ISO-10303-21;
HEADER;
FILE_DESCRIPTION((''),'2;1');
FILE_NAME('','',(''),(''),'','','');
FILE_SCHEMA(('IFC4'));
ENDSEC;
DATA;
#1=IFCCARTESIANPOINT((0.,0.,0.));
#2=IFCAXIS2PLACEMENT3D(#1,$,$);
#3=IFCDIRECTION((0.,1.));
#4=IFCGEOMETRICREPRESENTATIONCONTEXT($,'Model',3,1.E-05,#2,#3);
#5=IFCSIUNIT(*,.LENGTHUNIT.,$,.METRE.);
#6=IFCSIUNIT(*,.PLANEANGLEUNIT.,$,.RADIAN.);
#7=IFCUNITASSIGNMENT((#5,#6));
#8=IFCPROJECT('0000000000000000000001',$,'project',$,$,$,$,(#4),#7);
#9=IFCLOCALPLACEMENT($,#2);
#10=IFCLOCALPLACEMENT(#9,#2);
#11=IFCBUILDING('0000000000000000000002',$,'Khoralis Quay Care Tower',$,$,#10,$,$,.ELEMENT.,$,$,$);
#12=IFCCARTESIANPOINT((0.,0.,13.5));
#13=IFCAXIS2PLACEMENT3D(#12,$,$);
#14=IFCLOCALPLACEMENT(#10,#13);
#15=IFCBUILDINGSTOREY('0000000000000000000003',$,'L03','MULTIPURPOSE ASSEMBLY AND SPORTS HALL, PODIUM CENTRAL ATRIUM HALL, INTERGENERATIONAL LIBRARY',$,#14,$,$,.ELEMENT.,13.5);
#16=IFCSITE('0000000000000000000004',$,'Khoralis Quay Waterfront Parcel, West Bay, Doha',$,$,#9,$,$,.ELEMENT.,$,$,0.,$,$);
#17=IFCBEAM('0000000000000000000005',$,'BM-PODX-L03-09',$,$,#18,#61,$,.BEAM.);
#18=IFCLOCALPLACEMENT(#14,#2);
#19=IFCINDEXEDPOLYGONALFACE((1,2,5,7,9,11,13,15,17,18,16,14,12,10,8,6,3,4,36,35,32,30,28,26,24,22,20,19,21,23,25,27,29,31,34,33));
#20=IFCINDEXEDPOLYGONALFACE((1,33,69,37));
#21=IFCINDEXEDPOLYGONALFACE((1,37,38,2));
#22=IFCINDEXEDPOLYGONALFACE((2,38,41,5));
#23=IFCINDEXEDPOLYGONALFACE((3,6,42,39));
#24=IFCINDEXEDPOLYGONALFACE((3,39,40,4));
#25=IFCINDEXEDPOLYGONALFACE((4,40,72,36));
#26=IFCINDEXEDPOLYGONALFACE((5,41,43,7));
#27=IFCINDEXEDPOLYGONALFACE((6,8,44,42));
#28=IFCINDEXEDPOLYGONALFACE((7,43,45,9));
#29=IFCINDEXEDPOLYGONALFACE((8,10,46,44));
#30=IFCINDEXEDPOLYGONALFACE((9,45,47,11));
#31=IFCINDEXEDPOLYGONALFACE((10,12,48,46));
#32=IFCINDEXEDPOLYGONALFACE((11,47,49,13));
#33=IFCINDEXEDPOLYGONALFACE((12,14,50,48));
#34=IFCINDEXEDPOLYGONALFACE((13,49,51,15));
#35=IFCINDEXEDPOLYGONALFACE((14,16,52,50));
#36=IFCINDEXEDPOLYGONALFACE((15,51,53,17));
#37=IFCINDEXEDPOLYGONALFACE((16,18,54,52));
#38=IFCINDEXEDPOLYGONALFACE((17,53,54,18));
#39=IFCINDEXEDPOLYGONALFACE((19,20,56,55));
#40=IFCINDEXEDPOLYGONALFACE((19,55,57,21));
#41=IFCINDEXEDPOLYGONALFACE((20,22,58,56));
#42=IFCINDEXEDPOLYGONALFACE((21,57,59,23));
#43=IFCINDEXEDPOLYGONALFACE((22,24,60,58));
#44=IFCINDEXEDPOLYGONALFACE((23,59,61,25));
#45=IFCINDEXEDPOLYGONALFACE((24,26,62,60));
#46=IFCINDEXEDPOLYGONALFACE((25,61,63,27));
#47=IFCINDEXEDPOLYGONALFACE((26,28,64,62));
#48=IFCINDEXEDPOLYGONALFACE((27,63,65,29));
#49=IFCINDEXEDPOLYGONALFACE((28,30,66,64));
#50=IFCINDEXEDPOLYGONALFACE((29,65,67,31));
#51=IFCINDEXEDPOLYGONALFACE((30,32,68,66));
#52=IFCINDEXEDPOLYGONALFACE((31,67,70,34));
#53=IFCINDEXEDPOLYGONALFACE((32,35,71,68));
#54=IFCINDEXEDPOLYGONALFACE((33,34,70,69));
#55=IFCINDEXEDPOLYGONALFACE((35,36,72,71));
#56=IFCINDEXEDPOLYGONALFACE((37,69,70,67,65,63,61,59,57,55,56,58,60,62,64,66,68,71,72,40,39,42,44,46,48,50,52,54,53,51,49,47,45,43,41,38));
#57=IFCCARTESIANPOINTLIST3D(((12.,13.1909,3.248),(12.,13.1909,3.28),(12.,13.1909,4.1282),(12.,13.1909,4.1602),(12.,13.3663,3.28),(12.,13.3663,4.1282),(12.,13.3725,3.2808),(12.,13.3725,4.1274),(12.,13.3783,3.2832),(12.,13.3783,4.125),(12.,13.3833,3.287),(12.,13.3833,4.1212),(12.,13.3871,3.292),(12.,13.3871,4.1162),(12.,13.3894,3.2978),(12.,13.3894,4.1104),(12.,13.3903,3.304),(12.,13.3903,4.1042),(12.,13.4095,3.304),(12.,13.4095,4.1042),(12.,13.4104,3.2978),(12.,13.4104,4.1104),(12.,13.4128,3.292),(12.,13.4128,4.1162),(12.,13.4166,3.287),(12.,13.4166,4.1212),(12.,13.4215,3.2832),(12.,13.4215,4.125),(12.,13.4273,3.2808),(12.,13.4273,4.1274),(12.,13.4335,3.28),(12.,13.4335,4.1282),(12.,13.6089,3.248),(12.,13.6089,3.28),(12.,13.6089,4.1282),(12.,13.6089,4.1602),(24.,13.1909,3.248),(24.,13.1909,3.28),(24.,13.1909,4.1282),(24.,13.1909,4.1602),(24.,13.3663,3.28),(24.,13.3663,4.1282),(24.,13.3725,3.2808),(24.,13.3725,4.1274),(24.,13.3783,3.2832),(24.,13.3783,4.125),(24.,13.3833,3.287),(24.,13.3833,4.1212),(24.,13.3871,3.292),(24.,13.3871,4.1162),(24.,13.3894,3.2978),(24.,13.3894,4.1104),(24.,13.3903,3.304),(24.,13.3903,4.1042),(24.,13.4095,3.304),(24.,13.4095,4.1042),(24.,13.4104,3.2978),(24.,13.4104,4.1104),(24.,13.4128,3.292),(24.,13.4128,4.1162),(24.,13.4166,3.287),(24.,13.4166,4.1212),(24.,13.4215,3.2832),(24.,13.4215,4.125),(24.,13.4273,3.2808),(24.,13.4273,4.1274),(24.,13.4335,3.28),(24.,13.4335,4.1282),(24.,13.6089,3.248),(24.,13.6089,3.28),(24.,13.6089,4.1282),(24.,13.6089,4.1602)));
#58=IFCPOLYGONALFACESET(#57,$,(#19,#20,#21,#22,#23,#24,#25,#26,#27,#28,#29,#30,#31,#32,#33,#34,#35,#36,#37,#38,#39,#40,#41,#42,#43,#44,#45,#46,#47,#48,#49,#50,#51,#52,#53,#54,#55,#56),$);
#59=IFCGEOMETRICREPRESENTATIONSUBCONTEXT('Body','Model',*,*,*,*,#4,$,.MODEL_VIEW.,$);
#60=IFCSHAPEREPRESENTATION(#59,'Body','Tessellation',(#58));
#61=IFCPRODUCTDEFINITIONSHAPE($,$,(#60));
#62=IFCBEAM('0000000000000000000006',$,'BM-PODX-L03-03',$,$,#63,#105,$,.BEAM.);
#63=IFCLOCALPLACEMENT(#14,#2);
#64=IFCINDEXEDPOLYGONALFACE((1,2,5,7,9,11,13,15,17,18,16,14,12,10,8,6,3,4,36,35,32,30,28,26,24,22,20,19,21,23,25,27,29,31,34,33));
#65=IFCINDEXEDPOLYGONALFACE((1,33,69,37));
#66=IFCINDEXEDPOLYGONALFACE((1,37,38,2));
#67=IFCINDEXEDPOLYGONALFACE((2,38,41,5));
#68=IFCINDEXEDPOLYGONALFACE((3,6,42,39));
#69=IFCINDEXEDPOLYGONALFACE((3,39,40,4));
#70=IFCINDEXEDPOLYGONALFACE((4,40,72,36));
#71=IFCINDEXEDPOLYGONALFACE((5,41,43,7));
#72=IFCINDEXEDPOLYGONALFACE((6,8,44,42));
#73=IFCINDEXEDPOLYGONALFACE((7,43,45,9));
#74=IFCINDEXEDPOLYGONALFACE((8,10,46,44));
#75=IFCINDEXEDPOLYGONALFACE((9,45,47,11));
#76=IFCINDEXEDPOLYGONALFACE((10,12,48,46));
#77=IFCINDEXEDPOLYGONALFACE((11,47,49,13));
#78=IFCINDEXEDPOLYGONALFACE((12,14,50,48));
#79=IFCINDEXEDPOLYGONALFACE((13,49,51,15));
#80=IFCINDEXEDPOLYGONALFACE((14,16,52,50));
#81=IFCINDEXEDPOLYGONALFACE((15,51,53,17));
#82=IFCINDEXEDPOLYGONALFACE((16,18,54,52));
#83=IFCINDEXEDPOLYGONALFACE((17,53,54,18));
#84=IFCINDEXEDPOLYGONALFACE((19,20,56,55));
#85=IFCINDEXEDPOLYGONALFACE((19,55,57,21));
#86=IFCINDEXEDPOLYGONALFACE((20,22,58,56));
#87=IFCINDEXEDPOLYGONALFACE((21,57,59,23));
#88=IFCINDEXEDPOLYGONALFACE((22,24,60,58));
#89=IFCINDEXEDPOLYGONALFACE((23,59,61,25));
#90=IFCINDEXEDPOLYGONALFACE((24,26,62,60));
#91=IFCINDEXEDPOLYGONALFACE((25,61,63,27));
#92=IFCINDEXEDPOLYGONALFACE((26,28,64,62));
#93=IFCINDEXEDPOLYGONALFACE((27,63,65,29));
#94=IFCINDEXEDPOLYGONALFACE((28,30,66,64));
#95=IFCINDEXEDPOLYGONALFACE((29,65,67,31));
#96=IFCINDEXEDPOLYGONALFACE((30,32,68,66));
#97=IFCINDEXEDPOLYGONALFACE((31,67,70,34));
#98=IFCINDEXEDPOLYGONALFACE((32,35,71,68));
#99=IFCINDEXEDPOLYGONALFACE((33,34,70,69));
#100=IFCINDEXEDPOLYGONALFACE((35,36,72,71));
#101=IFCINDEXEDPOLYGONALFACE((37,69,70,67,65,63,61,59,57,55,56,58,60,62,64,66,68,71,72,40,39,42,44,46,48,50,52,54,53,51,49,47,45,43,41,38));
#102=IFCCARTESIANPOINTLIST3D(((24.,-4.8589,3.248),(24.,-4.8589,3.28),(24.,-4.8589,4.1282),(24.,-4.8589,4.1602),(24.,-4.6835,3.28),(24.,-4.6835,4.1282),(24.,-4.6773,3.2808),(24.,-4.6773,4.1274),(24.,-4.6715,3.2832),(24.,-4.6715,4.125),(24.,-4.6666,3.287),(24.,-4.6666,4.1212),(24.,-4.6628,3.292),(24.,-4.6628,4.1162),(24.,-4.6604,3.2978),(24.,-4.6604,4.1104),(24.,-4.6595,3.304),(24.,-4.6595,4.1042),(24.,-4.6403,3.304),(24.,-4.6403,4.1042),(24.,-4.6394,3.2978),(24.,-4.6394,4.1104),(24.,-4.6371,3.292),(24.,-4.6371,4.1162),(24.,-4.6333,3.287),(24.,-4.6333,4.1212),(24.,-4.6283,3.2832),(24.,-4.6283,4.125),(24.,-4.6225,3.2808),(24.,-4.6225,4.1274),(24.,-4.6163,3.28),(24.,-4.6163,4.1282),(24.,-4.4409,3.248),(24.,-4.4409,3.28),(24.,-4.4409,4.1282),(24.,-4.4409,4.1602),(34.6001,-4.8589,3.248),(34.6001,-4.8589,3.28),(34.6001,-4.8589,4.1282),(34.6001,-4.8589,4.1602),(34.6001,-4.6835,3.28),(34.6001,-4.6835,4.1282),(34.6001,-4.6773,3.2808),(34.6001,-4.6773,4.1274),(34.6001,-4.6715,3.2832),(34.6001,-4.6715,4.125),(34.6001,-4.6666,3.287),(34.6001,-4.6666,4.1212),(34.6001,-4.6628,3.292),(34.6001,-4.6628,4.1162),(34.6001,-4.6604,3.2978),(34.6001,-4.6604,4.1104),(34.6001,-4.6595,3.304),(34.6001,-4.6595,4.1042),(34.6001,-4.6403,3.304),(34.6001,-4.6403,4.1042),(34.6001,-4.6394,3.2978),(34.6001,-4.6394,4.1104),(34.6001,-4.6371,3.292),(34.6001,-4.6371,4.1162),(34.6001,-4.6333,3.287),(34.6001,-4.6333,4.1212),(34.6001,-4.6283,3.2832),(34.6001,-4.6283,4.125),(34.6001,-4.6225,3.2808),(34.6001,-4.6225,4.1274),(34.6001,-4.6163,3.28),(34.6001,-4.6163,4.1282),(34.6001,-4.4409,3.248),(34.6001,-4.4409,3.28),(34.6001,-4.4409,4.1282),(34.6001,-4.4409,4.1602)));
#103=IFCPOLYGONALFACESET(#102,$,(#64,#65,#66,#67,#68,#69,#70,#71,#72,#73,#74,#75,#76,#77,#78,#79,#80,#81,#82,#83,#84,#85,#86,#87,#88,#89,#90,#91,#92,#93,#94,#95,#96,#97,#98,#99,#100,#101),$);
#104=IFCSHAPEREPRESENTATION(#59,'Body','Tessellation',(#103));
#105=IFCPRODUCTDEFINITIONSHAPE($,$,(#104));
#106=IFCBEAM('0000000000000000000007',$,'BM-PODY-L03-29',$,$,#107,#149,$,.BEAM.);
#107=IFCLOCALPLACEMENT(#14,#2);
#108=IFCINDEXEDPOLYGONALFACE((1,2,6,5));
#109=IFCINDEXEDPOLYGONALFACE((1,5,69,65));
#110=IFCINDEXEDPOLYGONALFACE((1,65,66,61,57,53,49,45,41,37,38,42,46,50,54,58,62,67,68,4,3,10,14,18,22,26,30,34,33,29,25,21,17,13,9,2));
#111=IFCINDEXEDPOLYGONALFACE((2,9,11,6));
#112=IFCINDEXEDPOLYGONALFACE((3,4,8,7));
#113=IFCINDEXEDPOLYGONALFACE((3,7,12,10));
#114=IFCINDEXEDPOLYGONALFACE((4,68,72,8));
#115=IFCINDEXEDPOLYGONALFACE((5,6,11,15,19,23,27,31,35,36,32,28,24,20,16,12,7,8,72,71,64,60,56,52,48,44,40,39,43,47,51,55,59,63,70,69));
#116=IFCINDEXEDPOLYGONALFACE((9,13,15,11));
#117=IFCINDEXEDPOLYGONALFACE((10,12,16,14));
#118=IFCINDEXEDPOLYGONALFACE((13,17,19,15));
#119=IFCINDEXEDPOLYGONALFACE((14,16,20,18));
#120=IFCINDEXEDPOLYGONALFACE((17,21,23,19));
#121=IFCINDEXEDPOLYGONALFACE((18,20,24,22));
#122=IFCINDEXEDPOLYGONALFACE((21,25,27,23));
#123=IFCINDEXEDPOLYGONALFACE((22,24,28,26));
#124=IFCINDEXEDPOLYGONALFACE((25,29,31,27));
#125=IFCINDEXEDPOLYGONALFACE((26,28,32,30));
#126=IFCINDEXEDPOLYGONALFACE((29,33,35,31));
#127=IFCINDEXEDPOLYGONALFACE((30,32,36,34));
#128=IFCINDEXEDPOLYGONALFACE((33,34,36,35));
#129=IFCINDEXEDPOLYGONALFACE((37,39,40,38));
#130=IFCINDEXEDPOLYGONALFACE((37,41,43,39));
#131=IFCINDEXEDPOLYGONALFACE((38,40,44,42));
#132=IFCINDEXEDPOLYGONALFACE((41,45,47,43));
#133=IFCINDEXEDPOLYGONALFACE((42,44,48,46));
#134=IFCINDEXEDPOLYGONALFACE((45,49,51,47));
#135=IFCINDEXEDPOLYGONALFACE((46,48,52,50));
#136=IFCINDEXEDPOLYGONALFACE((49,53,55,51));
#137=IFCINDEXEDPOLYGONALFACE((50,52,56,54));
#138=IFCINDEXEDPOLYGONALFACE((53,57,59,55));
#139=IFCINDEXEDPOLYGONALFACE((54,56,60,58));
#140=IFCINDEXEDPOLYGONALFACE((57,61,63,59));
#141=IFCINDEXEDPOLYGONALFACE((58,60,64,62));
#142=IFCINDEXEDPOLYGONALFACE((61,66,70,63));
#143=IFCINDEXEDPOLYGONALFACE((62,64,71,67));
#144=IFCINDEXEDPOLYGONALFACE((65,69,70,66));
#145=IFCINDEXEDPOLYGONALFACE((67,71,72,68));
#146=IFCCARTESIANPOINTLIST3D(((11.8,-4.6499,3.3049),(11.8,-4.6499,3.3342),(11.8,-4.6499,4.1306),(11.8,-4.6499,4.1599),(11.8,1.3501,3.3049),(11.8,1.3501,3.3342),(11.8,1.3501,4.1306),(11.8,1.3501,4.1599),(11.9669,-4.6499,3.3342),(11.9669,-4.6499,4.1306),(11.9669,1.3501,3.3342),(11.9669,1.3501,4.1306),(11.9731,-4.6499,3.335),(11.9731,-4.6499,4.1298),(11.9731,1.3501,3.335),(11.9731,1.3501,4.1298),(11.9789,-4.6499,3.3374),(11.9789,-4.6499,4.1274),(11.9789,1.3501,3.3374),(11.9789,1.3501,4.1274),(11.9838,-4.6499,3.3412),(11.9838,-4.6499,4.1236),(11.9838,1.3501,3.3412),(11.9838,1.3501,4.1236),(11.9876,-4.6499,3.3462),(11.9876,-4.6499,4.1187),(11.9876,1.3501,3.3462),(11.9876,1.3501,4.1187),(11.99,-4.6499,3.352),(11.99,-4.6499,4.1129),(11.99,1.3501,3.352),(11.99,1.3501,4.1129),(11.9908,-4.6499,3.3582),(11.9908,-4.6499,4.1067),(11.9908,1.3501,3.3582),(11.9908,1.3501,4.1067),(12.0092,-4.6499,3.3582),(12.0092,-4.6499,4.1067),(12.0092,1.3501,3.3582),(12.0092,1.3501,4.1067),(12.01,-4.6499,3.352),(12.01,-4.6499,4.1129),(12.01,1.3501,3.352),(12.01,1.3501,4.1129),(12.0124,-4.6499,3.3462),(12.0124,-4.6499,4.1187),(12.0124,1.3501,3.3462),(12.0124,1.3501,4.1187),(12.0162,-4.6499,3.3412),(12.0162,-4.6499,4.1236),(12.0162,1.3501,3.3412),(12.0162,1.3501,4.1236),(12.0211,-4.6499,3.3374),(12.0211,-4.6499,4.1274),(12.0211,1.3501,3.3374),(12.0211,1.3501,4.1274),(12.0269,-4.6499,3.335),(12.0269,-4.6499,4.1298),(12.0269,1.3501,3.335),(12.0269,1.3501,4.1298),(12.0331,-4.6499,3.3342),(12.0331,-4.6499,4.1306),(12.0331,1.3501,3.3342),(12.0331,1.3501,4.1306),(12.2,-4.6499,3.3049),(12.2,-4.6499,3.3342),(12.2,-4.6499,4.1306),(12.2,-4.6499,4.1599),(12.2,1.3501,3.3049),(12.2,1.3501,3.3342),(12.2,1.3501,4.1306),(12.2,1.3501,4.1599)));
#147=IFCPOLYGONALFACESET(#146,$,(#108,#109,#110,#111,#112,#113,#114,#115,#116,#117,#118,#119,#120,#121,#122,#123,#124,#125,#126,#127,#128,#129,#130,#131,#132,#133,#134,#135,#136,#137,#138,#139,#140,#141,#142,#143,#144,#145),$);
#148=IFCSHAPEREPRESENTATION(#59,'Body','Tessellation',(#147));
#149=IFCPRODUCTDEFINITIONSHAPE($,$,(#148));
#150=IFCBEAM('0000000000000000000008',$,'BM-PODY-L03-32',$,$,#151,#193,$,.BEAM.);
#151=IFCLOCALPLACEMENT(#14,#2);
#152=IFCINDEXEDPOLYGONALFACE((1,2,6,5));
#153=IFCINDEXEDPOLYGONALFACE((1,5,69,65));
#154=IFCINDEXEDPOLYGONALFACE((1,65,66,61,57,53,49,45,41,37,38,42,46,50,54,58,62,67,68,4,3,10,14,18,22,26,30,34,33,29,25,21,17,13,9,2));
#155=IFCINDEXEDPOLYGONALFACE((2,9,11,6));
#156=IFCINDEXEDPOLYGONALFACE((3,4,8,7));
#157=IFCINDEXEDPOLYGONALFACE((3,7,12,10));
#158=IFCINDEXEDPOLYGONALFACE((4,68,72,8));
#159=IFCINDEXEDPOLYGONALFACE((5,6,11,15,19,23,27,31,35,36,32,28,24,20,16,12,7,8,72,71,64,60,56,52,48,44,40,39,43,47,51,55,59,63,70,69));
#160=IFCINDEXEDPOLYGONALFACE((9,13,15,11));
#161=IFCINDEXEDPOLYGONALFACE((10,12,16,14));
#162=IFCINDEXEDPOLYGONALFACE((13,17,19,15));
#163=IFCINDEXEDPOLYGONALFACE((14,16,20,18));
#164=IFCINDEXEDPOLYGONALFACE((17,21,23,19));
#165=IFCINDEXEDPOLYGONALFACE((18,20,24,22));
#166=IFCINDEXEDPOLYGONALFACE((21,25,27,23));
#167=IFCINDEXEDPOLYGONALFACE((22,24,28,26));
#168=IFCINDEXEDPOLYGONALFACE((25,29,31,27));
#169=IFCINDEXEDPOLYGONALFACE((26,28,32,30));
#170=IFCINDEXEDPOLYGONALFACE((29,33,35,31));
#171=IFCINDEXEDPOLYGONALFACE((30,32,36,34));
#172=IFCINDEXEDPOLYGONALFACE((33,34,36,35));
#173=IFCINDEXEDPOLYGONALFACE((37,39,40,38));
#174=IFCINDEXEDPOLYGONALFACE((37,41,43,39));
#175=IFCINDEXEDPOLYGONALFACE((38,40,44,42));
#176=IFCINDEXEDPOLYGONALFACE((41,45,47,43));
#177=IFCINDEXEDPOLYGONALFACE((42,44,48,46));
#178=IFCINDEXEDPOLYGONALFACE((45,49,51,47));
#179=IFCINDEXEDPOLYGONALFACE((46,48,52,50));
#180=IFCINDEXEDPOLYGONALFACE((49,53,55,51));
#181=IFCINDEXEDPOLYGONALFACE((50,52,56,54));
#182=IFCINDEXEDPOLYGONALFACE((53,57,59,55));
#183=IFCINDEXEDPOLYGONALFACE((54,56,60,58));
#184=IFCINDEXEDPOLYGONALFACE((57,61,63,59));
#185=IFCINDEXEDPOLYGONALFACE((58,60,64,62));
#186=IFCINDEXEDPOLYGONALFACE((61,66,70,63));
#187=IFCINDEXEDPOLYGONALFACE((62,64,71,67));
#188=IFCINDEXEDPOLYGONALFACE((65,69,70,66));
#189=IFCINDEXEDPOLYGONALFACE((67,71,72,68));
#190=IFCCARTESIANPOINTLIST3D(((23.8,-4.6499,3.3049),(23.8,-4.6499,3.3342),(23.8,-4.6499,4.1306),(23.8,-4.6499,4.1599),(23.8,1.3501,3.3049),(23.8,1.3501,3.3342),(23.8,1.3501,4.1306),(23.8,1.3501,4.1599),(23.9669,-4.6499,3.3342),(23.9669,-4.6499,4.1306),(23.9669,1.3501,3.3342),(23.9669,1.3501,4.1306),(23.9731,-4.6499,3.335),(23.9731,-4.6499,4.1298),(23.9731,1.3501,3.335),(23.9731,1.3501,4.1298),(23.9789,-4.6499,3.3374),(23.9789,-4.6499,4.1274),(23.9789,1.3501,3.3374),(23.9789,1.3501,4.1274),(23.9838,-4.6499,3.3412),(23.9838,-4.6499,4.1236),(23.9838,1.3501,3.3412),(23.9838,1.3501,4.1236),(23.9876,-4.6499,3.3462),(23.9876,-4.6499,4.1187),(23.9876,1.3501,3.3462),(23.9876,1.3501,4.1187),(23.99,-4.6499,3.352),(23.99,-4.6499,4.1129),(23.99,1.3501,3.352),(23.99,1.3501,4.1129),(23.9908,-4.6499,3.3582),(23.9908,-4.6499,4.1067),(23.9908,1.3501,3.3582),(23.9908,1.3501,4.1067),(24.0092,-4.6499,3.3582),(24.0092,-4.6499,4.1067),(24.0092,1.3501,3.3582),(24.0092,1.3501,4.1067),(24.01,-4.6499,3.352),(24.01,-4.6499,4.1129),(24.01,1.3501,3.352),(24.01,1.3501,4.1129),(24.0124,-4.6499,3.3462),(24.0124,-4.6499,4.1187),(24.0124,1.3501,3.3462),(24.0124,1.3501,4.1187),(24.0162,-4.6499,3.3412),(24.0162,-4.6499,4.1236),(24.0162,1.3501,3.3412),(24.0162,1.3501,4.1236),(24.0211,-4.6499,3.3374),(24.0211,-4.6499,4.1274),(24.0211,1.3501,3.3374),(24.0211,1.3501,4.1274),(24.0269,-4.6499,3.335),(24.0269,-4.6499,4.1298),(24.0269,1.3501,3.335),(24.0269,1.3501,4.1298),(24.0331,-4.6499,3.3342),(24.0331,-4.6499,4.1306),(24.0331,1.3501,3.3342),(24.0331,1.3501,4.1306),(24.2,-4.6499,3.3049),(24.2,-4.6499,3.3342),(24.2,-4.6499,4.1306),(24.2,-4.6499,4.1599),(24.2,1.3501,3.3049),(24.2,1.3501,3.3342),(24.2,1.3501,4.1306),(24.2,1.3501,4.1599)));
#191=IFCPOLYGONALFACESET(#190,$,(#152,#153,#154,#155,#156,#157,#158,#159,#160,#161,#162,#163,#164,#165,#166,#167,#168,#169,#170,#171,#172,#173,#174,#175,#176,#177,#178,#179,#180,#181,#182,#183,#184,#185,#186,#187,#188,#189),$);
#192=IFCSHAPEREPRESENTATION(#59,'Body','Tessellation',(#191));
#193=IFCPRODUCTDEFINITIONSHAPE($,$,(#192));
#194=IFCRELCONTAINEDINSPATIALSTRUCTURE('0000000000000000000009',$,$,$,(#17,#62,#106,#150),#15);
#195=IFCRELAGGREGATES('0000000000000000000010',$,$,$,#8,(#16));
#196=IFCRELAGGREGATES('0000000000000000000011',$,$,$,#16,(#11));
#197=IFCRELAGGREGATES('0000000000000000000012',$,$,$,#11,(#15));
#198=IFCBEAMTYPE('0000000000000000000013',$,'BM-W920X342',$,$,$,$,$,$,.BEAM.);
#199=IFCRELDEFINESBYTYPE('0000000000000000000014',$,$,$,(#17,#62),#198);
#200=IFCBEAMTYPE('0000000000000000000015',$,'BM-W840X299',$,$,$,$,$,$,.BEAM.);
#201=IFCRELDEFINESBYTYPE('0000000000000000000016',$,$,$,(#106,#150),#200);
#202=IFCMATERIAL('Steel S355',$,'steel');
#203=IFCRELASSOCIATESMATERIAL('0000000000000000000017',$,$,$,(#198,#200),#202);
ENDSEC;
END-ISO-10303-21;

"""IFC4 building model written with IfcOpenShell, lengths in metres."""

from ifc_helpers import new_model, si_unit, direction, frame, origin, origin_2d, place, context, subcontext, project, spatial, i_section, extrude, source, transform, mapped, material, material_profile, profile_set, type_object, element, save


model = new_model("IFC4")

# Units and contexts
model_context = context("Model", 3, precision=1e-05, world=origin(), true_north=direction((0.0, 1.0)))
body_context = subcontext(model_context, "Body", "Model", "MODEL_VIEW")
ifc_project = project(units=[si_unit("LENGTHUNIT", "METRE"), si_unit("PLANEANGLEUNIT", "RADIAN")], contexts=[model_context])

# Site, building, storey
site_placement = place(None, origin())
site = spatial("IfcSite", under=ifc_project, at=site_placement, Name="Khoralis Quay Waterfront Parcel, West Bay, Doha", CompositionType="ELEMENT", RefElevation=0.0)
building_placement = place(site_placement, origin())
building = spatial("IfcBuilding", under=site, at=building_placement, Name="Khoralis Quay Care Tower", CompositionType="ELEMENT")
storey_placement = place(building_placement, frame((0.0, 0.0, 13.5)))
storey = spatial("IfcBuildingStorey", under=building, at=storey_placement, Name="L03", Description="MULTIPURPOSE ASSEMBLY AND SPORTS HALL, PODIUM CENTRAL ATRIUM HALL, INTERGENERATIONAL LIBRARY", CompositionType="ELEMENT", Elevation=13.5)

# Beams
ifc_material_1 = material(Name="Steel S355", Category="steel")
ifc_material_profile_1 = material_profile(ifc_material_1, i_section(OverallWidth=0.418, OverallDepth=0.9121, WebThickness=0.0193, FlangeThickness=0.032, FilletRadius=0.0239, at=origin_2d()), Name="Steel S355")
ifc_profile_set_1 = profile_set([ifc_material_profile_1], Name="Steel S355")
beam_type_1 = type_object("IfcBeamType", Name="BM-W920X342", PredefinedType="BEAM", material=ifc_profile_set_1)
shared_shape_1 = source(origin(), body_context, "Body", "SweptSolid", [
    extrude(i_section(OverallWidth=0.418, OverallDepth=0.9121, WebThickness=0.0193, FlangeThickness=0.032, FilletRadius=0.0239, at=origin_2d()), origin(), (0.0, 0.0, 1.0), 12.0),
])
for number, where, z_axis, x_axis, name in (
    (1, (12.0, 13.3999, 3.7041), (1.0, 0.0, 0.0), (0.0, 1.0, 0.0), "BM-PODX-L03-09"),
):
    element("IfcBeam", number, at=place(storey_placement, frame(where, z_axis=z_axis, x_axis=x_axis)), inside=storey, type_object=beam_type_1, Name=name, PredefinedType="BEAM", context=body_context, shape_type="MappedRepresentation", body=[
        mapped(shared_shape_1, transform((0.0, 0.0, 0.0), scale=1.0)),
    ])
shared_shape_2 = source(origin(), body_context, "Body", "SweptSolid", [
    extrude(i_section(OverallWidth=0.418, OverallDepth=0.9121, WebThickness=0.0193, FlangeThickness=0.032, FilletRadius=0.0239, at=origin_2d()), origin(), (0.0, 0.0, 1.0), 10.6001),
])
beam_1_placement = place(storey_placement, frame((24.0, -4.6499, 3.7041), z_axis=(1.0, 0.0, 0.0), x_axis=(0.0, 1.0, 0.0)))
element("IfcBeam", 2, at=beam_1_placement, inside=storey, type_object=beam_type_1, Name="BM-PODX-L03-03", PredefinedType="BEAM", context=body_context, shape_type="MappedRepresentation", body=[
    mapped(shared_shape_2, transform((0.0, 0.0, 0.0), scale=1.0)),
])
ifc_material_profile_2 = material_profile(ifc_material_1, i_section(OverallWidth=0.3999, OverallDepth=0.855, WebThickness=0.0183, FlangeThickness=0.0293, FilletRadius=0.0239, at=origin_2d()), Name="Steel S355")
ifc_profile_set_2 = profile_set([ifc_material_profile_2], Name="Steel S355")
beam_type_2 = type_object("IfcBeamType", Name="BM-W840X299", PredefinedType="BEAM", material=ifc_profile_set_2)
shared_shape_3 = source(origin(), body_context, "Body", "SweptSolid", [
    extrude(i_section(OverallWidth=0.3999, OverallDepth=0.855, WebThickness=0.0183, FlangeThickness=0.0293, FilletRadius=0.0239, at=origin_2d()), origin(), (0.0, 0.0, 1.0), 6.0),
])
for number, where, z_axis, x_axis, name in (
    (3, (12.0, -4.6499, 3.7324), (0.0, 1.0, 0.0), (-1.0, 0.0, 0.0), "BM-PODY-L03-29"),
    (4, (24.0, -4.6499, 3.7324), (0.0, 1.0, 0.0), (-1.0, 0.0, 0.0), "BM-PODY-L03-32"),
):
    element("IfcBeam", number, at=place(storey_placement, frame(where, z_axis=z_axis, x_axis=x_axis)), inside=storey, type_object=beam_type_2, Name=name, PredefinedType="BEAM", context=body_context, shape_type="MappedRepresentation", body=[
        mapped(shared_shape_3, transform((0.0, 0.0, 0.0), scale=1.0)),
    ])

save(model, "model.ifc")
